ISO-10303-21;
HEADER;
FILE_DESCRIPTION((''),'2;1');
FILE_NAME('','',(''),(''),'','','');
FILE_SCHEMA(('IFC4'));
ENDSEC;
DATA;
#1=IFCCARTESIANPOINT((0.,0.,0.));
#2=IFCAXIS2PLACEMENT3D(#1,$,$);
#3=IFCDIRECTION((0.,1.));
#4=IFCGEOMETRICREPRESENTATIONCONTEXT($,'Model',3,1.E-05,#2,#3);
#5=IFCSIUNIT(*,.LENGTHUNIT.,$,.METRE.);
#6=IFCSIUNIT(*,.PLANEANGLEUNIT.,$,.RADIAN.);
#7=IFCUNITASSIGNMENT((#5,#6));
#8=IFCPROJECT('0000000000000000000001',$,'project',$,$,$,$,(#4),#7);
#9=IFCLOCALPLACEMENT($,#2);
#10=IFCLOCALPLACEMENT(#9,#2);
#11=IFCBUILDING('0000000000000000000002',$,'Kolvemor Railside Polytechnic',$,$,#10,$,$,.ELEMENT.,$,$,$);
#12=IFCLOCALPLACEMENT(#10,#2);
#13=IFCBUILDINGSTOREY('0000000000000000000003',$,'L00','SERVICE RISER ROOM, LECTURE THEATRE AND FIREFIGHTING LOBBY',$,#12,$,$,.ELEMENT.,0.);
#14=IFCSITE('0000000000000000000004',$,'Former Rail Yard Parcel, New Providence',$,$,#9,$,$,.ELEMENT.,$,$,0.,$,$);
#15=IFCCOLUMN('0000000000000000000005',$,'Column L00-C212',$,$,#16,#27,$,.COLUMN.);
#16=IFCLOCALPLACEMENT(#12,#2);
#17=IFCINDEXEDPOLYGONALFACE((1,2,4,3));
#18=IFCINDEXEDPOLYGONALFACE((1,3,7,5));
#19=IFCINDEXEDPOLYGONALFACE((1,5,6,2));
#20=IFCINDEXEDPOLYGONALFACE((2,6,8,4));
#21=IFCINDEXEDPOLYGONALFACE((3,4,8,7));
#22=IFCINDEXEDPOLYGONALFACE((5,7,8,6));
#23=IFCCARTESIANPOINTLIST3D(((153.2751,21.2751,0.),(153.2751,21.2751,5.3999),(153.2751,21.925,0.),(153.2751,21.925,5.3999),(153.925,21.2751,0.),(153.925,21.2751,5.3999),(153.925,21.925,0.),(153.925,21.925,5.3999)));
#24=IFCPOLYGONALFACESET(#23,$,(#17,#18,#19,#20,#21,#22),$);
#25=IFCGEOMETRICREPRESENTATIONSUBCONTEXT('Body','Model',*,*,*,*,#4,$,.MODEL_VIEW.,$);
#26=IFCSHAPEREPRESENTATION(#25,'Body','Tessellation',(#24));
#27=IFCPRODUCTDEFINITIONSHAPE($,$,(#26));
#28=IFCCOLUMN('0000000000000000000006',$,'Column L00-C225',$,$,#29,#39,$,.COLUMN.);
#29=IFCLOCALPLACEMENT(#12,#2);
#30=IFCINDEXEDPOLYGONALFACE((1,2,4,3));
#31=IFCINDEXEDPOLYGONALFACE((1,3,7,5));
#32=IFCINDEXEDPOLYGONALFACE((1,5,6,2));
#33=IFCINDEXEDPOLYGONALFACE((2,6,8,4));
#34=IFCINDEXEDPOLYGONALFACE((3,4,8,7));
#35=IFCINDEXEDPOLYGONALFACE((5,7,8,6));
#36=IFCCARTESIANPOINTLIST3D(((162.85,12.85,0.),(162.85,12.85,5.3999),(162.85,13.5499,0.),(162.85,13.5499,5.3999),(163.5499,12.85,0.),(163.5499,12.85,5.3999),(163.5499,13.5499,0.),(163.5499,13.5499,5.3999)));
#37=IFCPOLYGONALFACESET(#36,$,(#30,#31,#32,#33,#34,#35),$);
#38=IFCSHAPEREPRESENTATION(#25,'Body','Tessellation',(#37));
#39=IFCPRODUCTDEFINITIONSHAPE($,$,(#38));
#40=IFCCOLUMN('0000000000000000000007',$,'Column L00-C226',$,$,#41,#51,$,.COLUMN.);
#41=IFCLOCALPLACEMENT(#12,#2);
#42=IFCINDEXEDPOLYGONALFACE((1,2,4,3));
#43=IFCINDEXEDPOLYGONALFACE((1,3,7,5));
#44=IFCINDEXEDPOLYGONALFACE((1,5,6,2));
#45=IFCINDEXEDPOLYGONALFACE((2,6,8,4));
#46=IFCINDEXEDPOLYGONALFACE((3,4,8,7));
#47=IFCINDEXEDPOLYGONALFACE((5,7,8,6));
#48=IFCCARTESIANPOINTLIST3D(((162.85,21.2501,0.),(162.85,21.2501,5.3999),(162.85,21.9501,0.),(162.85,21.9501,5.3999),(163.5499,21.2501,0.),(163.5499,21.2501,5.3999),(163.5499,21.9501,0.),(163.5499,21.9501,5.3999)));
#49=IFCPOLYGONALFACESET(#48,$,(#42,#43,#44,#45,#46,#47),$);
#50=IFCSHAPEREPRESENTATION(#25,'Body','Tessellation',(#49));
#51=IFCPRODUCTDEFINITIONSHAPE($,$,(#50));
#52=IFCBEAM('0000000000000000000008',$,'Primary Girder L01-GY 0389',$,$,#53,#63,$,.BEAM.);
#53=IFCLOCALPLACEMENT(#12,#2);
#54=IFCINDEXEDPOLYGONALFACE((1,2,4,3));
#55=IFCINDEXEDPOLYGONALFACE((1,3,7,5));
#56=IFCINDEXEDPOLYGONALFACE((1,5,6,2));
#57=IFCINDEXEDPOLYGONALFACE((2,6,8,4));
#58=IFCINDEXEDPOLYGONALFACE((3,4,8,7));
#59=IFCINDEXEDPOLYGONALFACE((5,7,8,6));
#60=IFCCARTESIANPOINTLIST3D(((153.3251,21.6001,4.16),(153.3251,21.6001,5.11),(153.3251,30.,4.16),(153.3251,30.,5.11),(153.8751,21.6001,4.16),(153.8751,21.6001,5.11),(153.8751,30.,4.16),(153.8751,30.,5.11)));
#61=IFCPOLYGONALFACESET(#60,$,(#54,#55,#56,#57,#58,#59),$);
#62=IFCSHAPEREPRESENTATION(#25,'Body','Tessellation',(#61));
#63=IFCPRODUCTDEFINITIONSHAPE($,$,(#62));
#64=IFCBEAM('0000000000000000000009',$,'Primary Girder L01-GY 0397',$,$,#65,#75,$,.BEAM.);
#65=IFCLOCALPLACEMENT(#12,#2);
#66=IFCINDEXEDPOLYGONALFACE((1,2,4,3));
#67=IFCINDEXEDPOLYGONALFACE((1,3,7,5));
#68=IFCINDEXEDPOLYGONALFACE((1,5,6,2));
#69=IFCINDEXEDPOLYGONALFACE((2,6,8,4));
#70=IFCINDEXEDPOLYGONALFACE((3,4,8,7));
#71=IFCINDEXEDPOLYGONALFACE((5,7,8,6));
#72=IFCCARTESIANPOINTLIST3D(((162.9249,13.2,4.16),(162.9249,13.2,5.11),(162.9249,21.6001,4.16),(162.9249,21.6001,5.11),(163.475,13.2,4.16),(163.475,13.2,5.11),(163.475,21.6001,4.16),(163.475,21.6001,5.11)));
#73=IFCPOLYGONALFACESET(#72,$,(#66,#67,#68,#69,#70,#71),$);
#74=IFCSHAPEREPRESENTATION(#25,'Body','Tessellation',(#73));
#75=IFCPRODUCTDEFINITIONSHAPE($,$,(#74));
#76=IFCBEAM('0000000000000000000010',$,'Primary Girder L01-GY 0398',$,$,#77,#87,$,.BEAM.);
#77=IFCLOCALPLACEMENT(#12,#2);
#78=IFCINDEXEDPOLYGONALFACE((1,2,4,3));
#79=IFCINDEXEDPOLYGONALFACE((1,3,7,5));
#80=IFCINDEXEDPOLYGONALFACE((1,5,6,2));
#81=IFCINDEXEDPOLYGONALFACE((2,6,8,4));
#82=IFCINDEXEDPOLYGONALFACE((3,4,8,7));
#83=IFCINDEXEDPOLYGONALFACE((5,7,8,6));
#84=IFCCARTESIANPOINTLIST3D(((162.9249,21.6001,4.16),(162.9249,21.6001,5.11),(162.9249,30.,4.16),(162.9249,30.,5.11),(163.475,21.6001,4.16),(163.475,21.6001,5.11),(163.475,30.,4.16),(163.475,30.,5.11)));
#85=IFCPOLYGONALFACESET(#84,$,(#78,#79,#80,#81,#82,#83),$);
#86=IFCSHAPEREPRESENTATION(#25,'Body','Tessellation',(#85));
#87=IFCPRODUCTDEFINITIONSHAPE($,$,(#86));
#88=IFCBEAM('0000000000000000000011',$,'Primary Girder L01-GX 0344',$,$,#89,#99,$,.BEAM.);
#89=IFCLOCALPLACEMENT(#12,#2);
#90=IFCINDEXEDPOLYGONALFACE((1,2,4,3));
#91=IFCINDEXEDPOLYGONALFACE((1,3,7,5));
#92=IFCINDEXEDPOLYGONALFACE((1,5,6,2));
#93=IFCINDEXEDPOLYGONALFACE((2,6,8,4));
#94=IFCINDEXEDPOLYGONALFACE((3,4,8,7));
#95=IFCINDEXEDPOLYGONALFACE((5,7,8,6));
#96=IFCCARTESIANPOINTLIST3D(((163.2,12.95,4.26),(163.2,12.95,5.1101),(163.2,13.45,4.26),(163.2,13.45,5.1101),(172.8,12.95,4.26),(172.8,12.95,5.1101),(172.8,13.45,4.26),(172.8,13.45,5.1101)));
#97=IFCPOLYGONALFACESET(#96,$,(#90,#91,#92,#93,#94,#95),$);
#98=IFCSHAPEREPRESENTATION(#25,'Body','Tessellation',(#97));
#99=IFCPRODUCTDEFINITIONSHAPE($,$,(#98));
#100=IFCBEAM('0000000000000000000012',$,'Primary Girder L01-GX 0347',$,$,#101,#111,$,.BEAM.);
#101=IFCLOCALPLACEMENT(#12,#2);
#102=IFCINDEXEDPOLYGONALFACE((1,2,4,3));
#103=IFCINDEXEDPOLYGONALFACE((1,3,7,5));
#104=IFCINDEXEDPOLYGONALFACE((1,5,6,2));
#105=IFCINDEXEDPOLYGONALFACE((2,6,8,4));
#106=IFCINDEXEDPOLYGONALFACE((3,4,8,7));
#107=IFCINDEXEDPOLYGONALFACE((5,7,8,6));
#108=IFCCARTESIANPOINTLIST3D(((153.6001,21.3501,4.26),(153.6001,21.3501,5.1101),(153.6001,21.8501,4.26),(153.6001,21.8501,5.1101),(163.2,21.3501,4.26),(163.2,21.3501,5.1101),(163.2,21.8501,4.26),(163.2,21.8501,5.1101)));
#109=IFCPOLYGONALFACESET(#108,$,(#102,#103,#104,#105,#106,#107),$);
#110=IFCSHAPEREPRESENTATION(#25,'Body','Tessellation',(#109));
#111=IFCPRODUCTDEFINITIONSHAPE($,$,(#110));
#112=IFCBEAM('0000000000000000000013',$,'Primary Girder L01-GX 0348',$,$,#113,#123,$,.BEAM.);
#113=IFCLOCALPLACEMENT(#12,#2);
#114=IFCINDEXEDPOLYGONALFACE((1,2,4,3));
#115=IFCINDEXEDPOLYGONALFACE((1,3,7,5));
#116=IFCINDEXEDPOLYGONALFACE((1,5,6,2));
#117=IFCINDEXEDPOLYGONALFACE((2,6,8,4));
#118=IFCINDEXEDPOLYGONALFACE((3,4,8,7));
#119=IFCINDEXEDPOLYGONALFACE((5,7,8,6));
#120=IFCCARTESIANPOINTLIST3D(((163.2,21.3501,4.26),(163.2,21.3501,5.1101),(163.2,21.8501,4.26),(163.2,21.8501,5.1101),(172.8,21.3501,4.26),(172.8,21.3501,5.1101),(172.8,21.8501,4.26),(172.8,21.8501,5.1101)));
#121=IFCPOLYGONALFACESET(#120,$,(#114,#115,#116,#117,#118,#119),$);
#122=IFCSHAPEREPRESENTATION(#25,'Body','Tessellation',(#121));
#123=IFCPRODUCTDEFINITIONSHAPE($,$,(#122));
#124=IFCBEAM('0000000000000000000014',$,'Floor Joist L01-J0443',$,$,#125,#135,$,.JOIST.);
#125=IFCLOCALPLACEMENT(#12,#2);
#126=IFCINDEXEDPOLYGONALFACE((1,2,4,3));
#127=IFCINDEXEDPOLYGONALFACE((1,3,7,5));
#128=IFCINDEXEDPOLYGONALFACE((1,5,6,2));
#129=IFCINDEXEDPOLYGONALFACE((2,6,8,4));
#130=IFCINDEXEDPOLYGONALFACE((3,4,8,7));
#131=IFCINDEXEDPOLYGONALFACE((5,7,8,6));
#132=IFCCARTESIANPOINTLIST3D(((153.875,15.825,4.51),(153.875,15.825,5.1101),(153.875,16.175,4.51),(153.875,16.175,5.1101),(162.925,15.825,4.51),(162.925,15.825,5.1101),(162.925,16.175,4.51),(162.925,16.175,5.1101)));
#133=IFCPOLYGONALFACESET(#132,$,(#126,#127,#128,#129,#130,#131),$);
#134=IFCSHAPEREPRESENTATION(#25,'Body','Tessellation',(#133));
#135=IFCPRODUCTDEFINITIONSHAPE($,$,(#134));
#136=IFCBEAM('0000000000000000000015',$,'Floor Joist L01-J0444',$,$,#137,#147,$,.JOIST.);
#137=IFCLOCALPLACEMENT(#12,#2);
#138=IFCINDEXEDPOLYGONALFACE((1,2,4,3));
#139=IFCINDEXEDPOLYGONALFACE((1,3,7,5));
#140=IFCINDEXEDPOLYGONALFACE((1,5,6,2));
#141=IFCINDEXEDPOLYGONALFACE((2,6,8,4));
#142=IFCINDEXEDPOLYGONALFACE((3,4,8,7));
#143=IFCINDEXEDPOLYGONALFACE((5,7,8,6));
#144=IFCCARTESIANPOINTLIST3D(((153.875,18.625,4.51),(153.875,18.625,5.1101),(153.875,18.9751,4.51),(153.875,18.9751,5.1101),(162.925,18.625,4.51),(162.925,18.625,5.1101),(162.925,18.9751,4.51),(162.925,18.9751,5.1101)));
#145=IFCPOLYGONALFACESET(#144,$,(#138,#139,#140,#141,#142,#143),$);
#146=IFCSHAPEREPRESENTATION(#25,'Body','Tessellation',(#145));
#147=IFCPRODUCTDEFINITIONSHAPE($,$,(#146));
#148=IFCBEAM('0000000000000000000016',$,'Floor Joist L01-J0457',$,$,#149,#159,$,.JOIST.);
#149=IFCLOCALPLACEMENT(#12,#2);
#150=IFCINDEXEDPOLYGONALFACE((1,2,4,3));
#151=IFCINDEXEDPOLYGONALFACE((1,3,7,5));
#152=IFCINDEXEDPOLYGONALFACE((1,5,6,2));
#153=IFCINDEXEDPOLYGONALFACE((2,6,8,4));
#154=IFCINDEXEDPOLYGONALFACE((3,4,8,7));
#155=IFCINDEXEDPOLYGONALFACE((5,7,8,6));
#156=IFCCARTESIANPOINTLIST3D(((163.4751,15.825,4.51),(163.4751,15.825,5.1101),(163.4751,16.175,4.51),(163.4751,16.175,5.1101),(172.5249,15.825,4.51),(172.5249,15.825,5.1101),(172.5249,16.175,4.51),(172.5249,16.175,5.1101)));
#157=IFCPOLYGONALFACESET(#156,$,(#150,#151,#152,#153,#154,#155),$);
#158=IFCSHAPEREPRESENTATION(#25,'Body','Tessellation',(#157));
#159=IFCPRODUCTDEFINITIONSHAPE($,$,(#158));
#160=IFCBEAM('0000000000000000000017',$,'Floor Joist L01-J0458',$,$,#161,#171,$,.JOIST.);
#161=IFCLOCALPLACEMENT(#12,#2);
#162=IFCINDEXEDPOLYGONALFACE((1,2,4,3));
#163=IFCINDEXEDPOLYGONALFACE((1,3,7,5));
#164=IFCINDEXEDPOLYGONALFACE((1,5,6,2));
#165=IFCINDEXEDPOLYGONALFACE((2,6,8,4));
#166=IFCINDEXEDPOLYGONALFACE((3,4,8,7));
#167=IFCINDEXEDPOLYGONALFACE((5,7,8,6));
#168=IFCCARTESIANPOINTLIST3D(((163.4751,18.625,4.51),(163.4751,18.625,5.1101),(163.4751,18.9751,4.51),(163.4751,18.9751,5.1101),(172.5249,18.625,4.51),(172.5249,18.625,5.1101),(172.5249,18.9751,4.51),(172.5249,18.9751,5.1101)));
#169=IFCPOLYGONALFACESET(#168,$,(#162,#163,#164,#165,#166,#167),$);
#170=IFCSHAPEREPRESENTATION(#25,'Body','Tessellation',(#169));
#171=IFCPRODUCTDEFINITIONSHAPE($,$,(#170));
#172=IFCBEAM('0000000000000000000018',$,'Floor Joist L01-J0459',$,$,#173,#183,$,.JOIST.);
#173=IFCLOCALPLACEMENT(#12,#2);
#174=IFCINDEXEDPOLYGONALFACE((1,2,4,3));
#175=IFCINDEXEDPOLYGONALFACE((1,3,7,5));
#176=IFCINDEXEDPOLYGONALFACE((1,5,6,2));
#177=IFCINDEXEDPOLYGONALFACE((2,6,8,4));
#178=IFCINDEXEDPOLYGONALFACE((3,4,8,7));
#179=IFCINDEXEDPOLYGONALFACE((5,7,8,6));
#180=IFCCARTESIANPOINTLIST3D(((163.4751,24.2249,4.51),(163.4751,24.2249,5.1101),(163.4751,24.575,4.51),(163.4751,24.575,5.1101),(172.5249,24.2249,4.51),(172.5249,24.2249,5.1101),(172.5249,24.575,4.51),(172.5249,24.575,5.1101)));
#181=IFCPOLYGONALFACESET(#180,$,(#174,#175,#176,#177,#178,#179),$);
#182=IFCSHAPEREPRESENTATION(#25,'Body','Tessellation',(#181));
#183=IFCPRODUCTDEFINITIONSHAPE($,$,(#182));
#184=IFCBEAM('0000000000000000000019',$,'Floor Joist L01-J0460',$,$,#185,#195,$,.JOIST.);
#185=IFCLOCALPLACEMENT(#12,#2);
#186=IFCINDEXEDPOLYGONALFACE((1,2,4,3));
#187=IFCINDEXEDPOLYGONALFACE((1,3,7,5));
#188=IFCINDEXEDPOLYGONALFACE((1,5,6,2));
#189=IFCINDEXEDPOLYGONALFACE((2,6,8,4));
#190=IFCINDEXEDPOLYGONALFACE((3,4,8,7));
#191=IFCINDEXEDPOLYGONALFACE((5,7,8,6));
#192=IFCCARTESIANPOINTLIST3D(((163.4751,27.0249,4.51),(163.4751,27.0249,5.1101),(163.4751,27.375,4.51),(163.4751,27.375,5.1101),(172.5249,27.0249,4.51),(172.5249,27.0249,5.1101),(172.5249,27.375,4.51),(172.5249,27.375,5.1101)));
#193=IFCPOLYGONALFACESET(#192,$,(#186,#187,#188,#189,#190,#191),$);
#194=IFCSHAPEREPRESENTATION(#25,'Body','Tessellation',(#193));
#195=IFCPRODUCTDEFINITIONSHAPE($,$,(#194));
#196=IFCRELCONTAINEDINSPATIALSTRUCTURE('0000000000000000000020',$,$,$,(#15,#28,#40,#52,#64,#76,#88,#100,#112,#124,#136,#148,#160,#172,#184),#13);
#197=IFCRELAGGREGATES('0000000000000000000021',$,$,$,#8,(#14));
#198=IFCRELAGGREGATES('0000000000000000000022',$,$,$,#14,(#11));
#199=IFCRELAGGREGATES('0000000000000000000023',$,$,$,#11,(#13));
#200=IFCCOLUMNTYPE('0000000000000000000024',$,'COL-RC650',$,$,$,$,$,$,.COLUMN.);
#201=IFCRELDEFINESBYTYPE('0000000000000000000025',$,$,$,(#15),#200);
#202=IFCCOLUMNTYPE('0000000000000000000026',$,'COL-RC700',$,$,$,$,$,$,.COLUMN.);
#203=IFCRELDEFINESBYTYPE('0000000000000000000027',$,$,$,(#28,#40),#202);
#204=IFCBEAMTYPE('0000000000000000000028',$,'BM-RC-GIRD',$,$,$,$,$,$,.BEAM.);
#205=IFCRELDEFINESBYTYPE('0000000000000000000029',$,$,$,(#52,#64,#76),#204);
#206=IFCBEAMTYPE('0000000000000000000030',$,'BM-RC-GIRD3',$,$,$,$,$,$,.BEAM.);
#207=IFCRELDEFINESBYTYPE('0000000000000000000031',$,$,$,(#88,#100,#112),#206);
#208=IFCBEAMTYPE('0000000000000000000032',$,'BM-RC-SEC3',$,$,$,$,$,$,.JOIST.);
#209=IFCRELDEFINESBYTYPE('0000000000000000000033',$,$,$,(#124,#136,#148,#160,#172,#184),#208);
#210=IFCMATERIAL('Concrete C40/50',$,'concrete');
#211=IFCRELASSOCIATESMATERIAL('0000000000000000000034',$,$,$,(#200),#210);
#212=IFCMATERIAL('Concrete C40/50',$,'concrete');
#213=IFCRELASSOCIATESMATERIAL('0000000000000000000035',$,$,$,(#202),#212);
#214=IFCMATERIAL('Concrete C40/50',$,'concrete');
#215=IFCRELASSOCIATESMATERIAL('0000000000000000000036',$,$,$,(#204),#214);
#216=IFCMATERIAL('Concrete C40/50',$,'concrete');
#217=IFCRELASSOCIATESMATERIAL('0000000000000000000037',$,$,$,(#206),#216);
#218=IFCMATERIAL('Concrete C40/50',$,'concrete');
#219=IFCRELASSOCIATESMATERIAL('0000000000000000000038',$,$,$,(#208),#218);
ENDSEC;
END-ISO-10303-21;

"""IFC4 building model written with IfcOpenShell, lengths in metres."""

from ifc_helpers import new_model, si_unit, direction, frame, origin, origin_2d, place, context, subcontext, project, spatial, rectangle, extrude, material, material_profile, profile_set, type_object, element, save


model = new_model("IFC4")

# Units and contexts
model_context = context("Model", 3, precision=1e-05, world=origin(), true_north=direction((0.0, 1.0)))
body_context = subcontext(model_context, "Body", "Model", "MODEL_VIEW")
ifc_project = project(units=[si_unit("LENGTHUNIT", "METRE"), si_unit("PLANEANGLEUNIT", "RADIAN")], contexts=[model_context])

# Site, building, storey
site_placement = place(None, origin())
site = spatial("IfcSite", under=ifc_project, at=site_placement, Name="Former Rail Yard Parcel, New Providence", CompositionType="ELEMENT", RefElevation=0.0)
building_placement = place(site_placement, origin())
building = spatial("IfcBuilding", under=site, at=building_placement, Name="Kolvemor Railside Polytechnic", CompositionType="ELEMENT")
storey_placement = place(building_placement, origin())
storey = spatial("IfcBuildingStorey", under=building, at=storey_placement, Name="L00", Description="SERVICE RISER ROOM, LECTURE THEATRE AND FIREFIGHTING LOBBY", CompositionType="ELEMENT", Elevation=0.0)

# Columns
ifc_material_1 = material(Name="Concrete C40/50", Category="concrete")
ifc_material_profile_1 = material_profile(ifc_material_1, rectangle(XDim=0.6499, YDim=0.6499, at=origin_2d()), Name="RC650x650")
ifc_profile_set_1 = profile_set([ifc_material_profile_1], Name="Concrete C40/50")
column_type_1 = type_object("IfcColumnType", Name="COL-RC650", PredefinedType="COLUMN", material=ifc_profile_set_1)
column_placement = place(storey_placement, frame((153.6001, 21.6001, 0.0), z_axis=(0.0, 0.0, 1.0), x_axis=(1.0, 0.0, 0.0)))
element("IfcColumn", 1, at=column_placement, inside=storey, type_object=column_type_1, Name="Column L00-C212", PredefinedType="COLUMN", context=body_context, shape_type="SweptSolid", body=[
    extrude(rectangle(XDim=0.6499, YDim=0.6499, at=origin_2d()), origin(), (0.0, 0.0, 1.0), 5.3999),
])
ifc_material_2 = material(Name="Concrete C40/50", Category="concrete")
ifc_material_profile_2 = material_profile(ifc_material_2, rectangle(XDim=0.7, YDim=0.7, at=origin_2d()), Name="RC700x700")
ifc_profile_set_2 = profile_set([ifc_material_profile_2], Name="Concrete C40/50")
column_type_2 = type_object("IfcColumnType", Name="COL-RC700", PredefinedType="COLUMN", material=ifc_profile_set_2)
for number, where, z_axis, x_axis, name in (
    (2, (163.2, 13.2, 0.0), (0.0, 0.0, 1.0), (1.0, 0.0, 0.0), "Column L00-C225"),
    (3, (163.2, 21.6001, 0.0), (0.0, 0.0, 1.0), (1.0, 0.0, 0.0), "Column L00-C226"),
):
    element("IfcColumn", number, at=place(storey_placement, frame(where, z_axis=z_axis, x_axis=x_axis)), inside=storey, type_object=column_type_2, Name=name, PredefinedType="COLUMN", context=body_context, shape_type="SweptSolid", body=[
        extrude(rectangle(XDim=0.7, YDim=0.7, at=origin_2d()), origin(), (0.0, 0.0, 1.0), 5.3999),
    ])

# Beams
ifc_material_3 = material(Name="Concrete C40/50", Category="concrete")
ifc_material_profile_3 = material_profile(ifc_material_3, rectangle(XDim=0.55, YDim=0.95, at=origin_2d()), Name="RC550x950")
ifc_profile_set_3 = profile_set([ifc_material_profile_3], Name="Concrete C40/50")
beam_type_1 = type_object("IfcBeamType", Name="BM-RC-GIRD", PredefinedType="BEAM", material=ifc_profile_set_3)
beam_1_placement = place(storey_placement, frame((153.6001, 21.6001, 4.635), z_axis=(0.0, 1.0, 0.0), x_axis=(-1.0, 0.0, 0.0)))
element("IfcBeam", 4, at=beam_1_placement, inside=storey, type_object=beam_type_1, Name="Primary Girder L01-GY 0389", PredefinedType="BEAM", context=body_context, shape_type="SweptSolid", body=[
    extrude(rectangle(XDim=0.55, YDim=0.95, at=origin_2d()), origin(), (0.0, 0.0, 1.0), 8.3999),
])
beam_2_placement = place(storey_placement, frame((163.2, 13.2, 4.635), z_axis=(0.0, 1.0, 0.0), x_axis=(-1.0, 0.0, 0.0)))
element("IfcBeam", 5, at=beam_2_placement, inside=storey, type_object=beam_type_1, Name="Primary Girder L01-GY 0397", PredefinedType="BEAM", context=body_context, shape_type="SweptSolid", body=[
    extrude(rectangle(XDim=0.55, YDim=0.95, at=origin_2d()), origin(), (0.0, 0.0, 1.0), 8.4001),
])
beam_3_placement = place(storey_placement, frame((163.2, 21.6001, 4.635), z_axis=(0.0, 1.0, 0.0), x_axis=(-1.0, 0.0, 0.0)))
element("IfcBeam", 6, at=beam_3_placement, inside=storey, type_object=beam_type_1, Name="Primary Girder L01-GY 0398", PredefinedType="BEAM", context=body_context, shape_type="SweptSolid", body=[
    extrude(rectangle(XDim=0.55, YDim=0.95, at=origin_2d()), origin(), (0.0, 0.0, 1.0), 8.3999),
])
ifc_material_4 = material(Name="Concrete C40/50", Category="concrete")
ifc_material_profile_4 = material_profile(ifc_material_4, rectangle(XDim=0.5, YDim=0.8501, at=origin_2d()), Name="RC500x850")
ifc_profile_set_4 = profile_set([ifc_material_profile_4], Name="Concrete C40/50")
beam_type_2 = type_object("IfcBeamType", Name="BM-RC-GIRD3", PredefinedType="BEAM", material=ifc_profile_set_4)
beam_4_placement = place(storey_placement, frame((163.2, 13.2, 4.6851), z_axis=(1.0, 0.0, 0.0), x_axis=(0.0, 1.0, 0.0)))
element("IfcBeam", 7, at=beam_4_placement, inside=storey, type_object=beam_type_2, Name="Primary Girder L01-GX 0344", PredefinedType="BEAM", context=body_context, shape_type="SweptSolid", body=[
    extrude(rectangle(XDim=0.5, YDim=0.8501, at=origin_2d()), origin(), (0.0, 0.0, 1.0), 9.6001),
])
beam_5_placement = place(storey_placement, frame((153.6001, 21.6001, 4.6851), z_axis=(1.0, 0.0, 0.0), x_axis=(0.0, 1.0, 0.0)))
element("IfcBeam", 8, at=beam_5_placement, inside=storey, type_object=beam_type_2, Name="Primary Girder L01-GX 0347", PredefinedType="BEAM", context=body_context, shape_type="SweptSolid", body=[
    extrude(rectangle(XDim=0.5, YDim=0.8501, at=origin_2d()), origin(), (0.0, 0.0, 1.0), 9.5999),
])
beam_6_placement = place(storey_placement, frame((163.2, 21.6001, 4.6851), z_axis=(1.0, 0.0, 0.0), x_axis=(0.0, 1.0, 0.0)))
element("IfcBeam", 9, at=beam_6_placement, inside=storey, type_object=beam_type_2, Name="Primary Girder L01-GX 0348", PredefinedType="BEAM", context=body_context, shape_type="SweptSolid", body=[
    extrude(rectangle(XDim=0.5, YDim=0.8501, at=origin_2d()), origin(), (0.0, 0.0, 1.0), 9.6001),
])
ifc_material_5 = material(Name="Concrete C40/50", Category="concrete")
ifc_material_profile_5 = material_profile(ifc_material_5, rectangle(XDim=0.3501, YDim=0.6001, at=origin_2d()), Name="RC350x600")
ifc_profile_set_5 = profile_set([ifc_material_profile_5], Name="Concrete C40/50")
beam_type_3 = type_object("IfcBeamType", Name="BM-RC-SEC3", PredefinedType="JOIST", material=ifc_profile_set_5)
for number, where, z_axis, x_axis, name in (
    (10, (153.875, 16.0, 4.8101), (1.0, 0.0, 0.0), (0.0, 1.0, 0.0), "Floor Joist L01-J0443"),
    (11, (153.875, 18.8, 4.8101), (1.0, 0.0, 0.0), (0.0, 1.0, 0.0), "Floor Joist L01-J0444"),
):
    element("IfcBeam", number, at=place(storey_placement, frame(where, z_axis=z_axis, x_axis=x_axis)), inside=storey, type_object=beam_type_3, Name=name, PredefinedType="JOIST", context=body_context, shape_type="SweptSolid", body=[
        extrude(rectangle(XDim=0.3501, YDim=0.6001, at=origin_2d()), origin(), (0.0, 0.0, 1.0), 9.05),
    ])
for number, where, z_axis, x_axis, name in (
    (12, (163.4751, 16.0, 4.8101), (1.0, 0.0, 0.0), (0.0, 1.0, 0.0), "Floor Joist L01-J0457"),
    (13, (163.4751, 18.8, 4.8101), (1.0, 0.0, 0.0), (0.0, 1.0, 0.0), "Floor Joist L01-J0458"),
    (14, (163.4751, 24.3999, 4.8101), (1.0, 0.0, 0.0), (0.0, 1.0, 0.0), "Floor Joist L01-J0459"),
    (15, (163.4751, 27.2, 4.8101), (1.0, 0.0, 0.0), (0.0, 1.0, 0.0), "Floor Joist L01-J0460"),
):
    element("IfcBeam", number, at=place(storey_placement, frame(where, z_axis=z_axis, x_axis=x_axis)), inside=storey, type_object=beam_type_3, Name=name, PredefinedType="JOIST", context=body_context, shape_type="SweptSolid", body=[
        extrude(rectangle(XDim=0.3501, YDim=0.6001, at=origin_2d()), origin(), (0.0, 0.0, 1.0), 9.0498),
    ])

save(model, "model.ifc")
